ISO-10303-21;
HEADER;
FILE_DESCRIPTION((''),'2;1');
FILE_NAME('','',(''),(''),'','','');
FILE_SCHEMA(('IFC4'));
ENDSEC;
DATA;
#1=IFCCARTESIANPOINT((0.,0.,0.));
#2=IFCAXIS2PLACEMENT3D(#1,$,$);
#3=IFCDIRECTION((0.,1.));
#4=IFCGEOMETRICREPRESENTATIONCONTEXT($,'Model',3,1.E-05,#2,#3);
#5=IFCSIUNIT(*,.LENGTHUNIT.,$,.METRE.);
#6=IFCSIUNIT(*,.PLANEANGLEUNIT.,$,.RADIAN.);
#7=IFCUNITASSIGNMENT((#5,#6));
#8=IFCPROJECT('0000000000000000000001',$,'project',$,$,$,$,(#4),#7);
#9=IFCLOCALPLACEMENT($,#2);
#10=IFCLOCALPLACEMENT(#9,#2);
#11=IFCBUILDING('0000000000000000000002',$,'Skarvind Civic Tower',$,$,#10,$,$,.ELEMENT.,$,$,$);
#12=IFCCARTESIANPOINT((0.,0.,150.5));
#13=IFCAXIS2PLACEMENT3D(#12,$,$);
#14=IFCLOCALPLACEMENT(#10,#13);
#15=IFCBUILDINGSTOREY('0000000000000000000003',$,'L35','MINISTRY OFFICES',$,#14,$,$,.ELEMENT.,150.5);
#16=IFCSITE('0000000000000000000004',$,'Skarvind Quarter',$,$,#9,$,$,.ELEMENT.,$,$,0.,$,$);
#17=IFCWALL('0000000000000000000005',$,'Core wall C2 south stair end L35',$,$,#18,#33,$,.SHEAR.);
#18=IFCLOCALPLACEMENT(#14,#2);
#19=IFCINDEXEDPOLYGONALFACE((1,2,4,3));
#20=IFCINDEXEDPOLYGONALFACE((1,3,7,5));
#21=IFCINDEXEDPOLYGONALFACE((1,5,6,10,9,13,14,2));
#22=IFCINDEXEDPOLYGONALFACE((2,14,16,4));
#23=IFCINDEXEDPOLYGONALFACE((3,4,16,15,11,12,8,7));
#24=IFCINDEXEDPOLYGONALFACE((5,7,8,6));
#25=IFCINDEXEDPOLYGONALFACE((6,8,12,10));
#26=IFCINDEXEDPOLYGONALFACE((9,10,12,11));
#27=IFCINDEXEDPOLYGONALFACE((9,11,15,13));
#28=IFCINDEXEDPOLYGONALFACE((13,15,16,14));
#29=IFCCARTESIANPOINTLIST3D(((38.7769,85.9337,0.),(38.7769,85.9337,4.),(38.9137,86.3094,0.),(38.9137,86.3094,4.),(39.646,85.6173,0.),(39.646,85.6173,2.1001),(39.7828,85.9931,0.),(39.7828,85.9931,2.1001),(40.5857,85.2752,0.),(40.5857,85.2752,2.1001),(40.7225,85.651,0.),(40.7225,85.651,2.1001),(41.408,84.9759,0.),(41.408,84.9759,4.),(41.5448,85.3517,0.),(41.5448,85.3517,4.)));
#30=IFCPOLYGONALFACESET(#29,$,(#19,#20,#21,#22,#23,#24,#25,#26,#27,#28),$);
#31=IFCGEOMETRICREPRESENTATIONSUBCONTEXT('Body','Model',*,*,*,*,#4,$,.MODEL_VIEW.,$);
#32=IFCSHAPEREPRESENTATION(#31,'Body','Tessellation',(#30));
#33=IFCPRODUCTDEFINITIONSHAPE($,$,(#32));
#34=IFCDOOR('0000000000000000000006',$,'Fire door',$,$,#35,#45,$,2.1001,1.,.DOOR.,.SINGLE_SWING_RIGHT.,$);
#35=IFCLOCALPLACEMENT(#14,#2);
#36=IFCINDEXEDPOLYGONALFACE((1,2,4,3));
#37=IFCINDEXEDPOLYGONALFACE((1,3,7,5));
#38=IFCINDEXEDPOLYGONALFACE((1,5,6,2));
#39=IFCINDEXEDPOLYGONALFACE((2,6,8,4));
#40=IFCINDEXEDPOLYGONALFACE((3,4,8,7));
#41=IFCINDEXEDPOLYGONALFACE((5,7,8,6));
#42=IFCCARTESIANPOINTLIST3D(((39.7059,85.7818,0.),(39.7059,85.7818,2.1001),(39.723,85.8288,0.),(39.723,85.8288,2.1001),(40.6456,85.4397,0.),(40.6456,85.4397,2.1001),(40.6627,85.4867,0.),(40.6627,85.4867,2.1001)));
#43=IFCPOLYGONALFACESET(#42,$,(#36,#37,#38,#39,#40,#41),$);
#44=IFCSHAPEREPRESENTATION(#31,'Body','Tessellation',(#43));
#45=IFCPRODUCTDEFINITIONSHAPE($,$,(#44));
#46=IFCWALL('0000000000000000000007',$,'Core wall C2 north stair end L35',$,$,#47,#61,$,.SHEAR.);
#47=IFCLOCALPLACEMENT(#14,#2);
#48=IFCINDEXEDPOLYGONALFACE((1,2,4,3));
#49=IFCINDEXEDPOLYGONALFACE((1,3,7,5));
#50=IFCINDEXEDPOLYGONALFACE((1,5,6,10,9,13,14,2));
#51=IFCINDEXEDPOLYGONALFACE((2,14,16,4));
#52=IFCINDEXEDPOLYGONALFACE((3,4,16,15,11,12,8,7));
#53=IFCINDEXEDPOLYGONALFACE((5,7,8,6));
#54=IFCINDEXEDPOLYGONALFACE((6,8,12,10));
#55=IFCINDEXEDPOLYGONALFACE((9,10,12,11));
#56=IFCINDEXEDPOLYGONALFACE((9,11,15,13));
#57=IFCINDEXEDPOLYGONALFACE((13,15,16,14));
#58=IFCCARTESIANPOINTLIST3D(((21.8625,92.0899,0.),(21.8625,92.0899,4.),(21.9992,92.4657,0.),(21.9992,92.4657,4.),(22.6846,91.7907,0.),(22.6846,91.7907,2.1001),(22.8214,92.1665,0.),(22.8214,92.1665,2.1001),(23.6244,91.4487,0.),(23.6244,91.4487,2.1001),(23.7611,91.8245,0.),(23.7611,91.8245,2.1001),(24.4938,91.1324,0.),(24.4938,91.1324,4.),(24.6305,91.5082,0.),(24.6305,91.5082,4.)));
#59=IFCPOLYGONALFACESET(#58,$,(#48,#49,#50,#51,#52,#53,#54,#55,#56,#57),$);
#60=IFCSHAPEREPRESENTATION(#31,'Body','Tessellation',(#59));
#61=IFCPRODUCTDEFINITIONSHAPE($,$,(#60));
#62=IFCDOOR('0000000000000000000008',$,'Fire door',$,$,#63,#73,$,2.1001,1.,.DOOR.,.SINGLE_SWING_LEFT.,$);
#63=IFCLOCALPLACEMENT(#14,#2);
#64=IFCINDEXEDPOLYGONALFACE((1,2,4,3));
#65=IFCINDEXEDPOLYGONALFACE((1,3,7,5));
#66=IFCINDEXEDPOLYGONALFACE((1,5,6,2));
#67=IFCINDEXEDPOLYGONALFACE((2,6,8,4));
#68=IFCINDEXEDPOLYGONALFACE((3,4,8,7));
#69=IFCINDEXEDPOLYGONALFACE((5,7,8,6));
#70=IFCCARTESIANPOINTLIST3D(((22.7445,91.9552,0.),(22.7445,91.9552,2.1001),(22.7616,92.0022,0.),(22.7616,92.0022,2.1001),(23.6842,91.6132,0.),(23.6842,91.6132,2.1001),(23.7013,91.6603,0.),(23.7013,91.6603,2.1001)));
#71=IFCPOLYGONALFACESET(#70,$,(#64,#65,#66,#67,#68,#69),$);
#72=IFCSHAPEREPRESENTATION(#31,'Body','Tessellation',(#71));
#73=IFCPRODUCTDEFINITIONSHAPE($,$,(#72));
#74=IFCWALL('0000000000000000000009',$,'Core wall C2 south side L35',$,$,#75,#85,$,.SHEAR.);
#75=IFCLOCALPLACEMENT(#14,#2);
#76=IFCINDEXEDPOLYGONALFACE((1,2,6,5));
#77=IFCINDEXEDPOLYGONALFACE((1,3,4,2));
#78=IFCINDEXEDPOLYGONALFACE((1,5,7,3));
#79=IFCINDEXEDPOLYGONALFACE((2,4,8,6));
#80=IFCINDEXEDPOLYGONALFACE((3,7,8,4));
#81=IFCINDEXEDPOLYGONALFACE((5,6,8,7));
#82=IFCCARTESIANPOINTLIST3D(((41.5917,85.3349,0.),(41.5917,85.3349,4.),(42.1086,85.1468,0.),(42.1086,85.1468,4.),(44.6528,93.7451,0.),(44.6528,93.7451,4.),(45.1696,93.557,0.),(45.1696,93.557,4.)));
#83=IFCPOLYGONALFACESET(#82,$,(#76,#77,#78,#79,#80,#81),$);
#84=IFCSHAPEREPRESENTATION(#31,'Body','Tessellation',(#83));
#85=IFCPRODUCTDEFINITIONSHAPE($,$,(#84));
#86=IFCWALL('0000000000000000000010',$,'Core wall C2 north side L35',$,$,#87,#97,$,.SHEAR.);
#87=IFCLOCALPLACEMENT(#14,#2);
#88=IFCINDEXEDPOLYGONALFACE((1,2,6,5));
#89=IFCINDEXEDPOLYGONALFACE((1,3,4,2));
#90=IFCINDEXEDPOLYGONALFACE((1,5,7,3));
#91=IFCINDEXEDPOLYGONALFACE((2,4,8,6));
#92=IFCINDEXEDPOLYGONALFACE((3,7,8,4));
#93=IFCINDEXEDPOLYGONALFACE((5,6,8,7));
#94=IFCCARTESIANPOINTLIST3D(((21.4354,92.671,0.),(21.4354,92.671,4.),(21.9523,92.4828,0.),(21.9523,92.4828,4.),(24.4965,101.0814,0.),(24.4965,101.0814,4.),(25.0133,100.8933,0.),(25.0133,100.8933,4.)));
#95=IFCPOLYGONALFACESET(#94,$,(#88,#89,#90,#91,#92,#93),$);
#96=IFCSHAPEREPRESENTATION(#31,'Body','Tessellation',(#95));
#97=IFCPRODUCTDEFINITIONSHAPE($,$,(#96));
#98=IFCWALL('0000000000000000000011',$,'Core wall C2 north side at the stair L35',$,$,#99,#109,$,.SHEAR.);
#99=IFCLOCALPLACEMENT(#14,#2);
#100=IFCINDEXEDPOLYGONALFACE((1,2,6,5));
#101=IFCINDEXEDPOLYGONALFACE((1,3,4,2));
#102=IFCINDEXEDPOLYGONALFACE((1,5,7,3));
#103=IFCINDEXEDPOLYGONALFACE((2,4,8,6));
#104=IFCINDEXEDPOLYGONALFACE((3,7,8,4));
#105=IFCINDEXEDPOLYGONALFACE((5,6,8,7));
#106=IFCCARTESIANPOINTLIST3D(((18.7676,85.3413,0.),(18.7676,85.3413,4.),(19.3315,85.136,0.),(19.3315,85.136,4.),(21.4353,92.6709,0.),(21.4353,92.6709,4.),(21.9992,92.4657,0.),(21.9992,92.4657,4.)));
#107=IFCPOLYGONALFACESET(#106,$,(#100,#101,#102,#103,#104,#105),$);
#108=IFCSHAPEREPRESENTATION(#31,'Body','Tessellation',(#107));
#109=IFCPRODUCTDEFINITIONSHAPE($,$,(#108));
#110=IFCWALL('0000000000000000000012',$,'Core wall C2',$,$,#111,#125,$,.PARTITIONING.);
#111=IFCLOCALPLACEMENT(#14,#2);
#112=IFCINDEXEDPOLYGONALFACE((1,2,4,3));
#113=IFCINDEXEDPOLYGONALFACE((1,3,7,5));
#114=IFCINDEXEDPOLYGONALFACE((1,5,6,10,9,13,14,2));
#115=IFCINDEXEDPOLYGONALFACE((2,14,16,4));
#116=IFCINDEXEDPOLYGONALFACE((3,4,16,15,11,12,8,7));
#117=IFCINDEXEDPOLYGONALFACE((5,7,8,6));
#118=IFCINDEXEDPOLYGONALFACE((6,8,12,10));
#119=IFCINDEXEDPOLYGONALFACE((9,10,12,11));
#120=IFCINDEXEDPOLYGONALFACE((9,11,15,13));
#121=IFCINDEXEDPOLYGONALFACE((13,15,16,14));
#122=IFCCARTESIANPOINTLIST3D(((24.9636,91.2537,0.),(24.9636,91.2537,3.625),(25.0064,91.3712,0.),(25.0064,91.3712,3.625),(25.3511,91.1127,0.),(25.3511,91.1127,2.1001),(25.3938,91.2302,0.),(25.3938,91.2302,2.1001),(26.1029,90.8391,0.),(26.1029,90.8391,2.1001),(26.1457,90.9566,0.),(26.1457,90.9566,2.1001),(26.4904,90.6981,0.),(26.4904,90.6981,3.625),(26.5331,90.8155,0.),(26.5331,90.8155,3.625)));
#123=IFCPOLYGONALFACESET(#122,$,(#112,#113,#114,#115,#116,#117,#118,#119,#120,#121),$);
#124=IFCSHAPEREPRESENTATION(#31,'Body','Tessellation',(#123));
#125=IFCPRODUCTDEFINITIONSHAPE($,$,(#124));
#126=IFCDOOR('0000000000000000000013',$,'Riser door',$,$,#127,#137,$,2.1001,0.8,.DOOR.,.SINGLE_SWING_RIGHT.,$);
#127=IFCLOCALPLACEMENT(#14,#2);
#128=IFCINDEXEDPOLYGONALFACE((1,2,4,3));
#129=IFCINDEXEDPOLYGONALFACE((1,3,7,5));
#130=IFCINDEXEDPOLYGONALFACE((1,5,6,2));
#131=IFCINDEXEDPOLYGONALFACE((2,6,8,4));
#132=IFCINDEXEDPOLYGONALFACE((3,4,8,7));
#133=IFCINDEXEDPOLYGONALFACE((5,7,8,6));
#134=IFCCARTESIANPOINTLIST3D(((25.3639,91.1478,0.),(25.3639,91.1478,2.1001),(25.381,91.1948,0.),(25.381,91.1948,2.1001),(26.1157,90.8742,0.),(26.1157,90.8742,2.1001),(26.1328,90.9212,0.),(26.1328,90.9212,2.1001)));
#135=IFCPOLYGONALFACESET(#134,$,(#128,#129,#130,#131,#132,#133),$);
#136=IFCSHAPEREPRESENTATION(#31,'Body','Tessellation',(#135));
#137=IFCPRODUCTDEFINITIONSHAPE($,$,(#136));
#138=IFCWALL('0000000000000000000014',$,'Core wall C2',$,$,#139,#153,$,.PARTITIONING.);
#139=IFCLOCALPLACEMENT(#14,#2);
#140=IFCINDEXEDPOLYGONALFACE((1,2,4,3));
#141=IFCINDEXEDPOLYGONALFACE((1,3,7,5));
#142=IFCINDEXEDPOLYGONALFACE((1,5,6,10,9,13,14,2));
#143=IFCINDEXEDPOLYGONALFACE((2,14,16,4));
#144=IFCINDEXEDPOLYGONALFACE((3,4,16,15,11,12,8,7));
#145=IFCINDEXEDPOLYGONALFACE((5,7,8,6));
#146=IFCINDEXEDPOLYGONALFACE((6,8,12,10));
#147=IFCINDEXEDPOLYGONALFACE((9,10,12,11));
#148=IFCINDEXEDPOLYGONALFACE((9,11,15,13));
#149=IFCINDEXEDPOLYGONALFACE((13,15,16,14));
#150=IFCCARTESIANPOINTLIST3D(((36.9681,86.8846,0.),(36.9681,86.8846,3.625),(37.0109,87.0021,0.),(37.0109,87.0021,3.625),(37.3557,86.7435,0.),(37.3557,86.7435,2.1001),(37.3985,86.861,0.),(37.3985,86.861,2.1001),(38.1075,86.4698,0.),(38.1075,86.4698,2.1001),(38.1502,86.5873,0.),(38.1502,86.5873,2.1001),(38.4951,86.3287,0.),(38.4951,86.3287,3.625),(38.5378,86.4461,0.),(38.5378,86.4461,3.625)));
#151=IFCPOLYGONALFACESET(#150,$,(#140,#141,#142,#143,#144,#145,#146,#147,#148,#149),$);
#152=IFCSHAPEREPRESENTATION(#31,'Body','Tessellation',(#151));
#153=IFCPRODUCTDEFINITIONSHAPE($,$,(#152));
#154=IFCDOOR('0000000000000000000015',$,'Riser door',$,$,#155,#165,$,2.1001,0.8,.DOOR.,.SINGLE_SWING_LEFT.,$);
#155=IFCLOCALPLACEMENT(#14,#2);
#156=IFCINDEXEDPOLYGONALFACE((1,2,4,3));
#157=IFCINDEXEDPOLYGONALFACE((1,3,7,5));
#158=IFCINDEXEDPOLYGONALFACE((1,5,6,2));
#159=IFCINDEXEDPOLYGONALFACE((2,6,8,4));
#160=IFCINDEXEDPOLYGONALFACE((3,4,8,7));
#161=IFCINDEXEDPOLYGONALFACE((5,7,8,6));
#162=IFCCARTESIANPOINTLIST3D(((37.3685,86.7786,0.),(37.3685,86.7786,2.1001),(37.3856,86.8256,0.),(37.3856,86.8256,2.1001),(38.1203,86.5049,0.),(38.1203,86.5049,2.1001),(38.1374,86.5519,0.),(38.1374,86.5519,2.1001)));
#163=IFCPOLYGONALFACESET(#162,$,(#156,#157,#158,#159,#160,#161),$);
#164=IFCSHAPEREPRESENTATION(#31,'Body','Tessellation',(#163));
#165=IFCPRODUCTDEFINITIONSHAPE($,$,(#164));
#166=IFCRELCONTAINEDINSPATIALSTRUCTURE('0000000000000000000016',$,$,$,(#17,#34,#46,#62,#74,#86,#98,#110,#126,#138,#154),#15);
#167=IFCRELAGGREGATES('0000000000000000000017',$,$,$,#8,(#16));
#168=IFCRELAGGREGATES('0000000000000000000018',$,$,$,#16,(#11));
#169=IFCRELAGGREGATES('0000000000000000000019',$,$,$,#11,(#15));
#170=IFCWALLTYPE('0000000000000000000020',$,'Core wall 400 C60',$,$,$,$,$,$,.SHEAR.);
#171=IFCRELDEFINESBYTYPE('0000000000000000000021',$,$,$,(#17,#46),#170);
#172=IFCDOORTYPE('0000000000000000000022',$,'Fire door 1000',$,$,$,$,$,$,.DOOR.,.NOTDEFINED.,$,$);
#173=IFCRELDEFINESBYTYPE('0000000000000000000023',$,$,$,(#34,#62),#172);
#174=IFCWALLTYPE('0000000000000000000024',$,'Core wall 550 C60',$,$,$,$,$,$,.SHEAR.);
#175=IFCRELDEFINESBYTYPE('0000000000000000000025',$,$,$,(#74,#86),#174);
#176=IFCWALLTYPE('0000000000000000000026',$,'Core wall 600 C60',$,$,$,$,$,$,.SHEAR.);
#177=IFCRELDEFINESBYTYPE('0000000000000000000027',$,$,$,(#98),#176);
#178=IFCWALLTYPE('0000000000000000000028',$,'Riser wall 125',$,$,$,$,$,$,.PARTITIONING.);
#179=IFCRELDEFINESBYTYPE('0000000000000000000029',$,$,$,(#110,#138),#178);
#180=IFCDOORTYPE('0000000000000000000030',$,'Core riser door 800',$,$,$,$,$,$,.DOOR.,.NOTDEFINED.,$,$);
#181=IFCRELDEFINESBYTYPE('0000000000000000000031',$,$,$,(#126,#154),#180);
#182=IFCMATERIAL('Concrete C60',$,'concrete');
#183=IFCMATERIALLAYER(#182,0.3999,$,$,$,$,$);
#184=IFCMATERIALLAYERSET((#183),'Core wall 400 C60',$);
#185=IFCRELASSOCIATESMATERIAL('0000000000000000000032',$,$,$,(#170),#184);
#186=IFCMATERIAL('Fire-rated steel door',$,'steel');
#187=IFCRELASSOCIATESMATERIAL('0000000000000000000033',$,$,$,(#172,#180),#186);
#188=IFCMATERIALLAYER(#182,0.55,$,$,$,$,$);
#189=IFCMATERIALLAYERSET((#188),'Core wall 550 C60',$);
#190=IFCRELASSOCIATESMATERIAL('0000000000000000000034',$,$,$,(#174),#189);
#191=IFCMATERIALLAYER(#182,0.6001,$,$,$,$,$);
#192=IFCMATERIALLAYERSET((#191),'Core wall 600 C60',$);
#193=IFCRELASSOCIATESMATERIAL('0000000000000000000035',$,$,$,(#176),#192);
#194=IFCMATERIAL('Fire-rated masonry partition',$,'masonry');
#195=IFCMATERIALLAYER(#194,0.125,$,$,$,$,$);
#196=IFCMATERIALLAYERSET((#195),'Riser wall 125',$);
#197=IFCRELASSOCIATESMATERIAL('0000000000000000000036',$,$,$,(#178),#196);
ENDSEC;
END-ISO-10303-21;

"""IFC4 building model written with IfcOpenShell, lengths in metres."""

from ifc_helpers import new_model, si_unit, direction, frame, frame_2d, origin, place, context, subcontext, project, spatial, rectangle, extrude, material, layer, layer_set, type_object, element, fill, save


model = new_model("IFC4")

# Units and contexts
model_context = context("Model", 3, precision=1e-05, world=origin(), true_north=direction((0.0, 1.0)))
body_context = subcontext(model_context, "Body", "Model", "MODEL_VIEW")
ifc_project = project(units=[si_unit("LENGTHUNIT", "METRE"), si_unit("PLANEANGLEUNIT", "RADIAN")], contexts=[model_context])

# Site, building, storey
site_placement = place(None, origin())
site = spatial("IfcSite", under=ifc_project, at=site_placement, Name="Skarvind Quarter", CompositionType="ELEMENT", RefElevation=0.0)
building_placement = place(site_placement, origin())
building = spatial("IfcBuilding", under=site, at=building_placement, Name="Skarvind Civic Tower", CompositionType="ELEMENT")
storey_placement = place(building_placement, frame((0.0, 0.0, 150.5)))
storey = spatial("IfcBuildingStorey", under=building, at=storey_placement, Name="L35", Description="MINISTRY OFFICES", CompositionType="ELEMENT", Elevation=150.5)

# Shared definitions
ifc_material_1 = material(Name="Fire-rated masonry partition", Category="masonry")
ifc_material_2 = material(Name="Fire-rated steel door", Category="steel")

# Shared definitions
ifc_material_3 = material(Name="Concrete C60", Category="concrete")

# Walls, openings, doors
ifc_layer_1 = layer(ifc_material_3, 0.3999)
ifc_layer_set_1 = layer_set([ifc_layer_1], Name="Core wall 400 C60")
wall_type_1 = type_object("IfcWallType", Name="Core wall 400 C60", PredefinedType="SHEAR", material=ifc_layer_set_1)
wall_1_placement = place(storey_placement, frame((41.4763, 85.1638, 0.0), z_axis=(0.0, 0.0, 1.0), x_axis=(-0.939679, 0.342058, 0.0)))
wall_1 = element("IfcWall", 1, at=wall_1_placement, inside=storey, type_object=wall_type_1, Name="Core wall C2 south stair end L35", PredefinedType="SHEAR", context=body_context, shape_type="SweptSolid", body=[
    extrude(rectangle(XDim=2.8, YDim=0.3999, at=frame_2d((1.3999, 0.0))), origin(), (0.0, 0.0, 1.0), 4.0),
])
opening_1_placement = place(wall_1_placement, frame((0.875, 0.0, 0.0)))
opening_1 = element("IfcOpeningElement", 2, at=opening_1_placement, cuts=wall_1, PredefinedType="OPENING", context=body_context, shape_type="SweptSolid", body=[
    extrude(rectangle(XDim=1.0, YDim=2.1001, at=frame_2d((0.5, 1.05))), frame((0.0, 0.21, 0.0), z_axis=(0.0, -1.0, 0.0), x_axis=(1.0, 0.0, 0.0)), (0.0, 0.0, 1.0), 0.4199),
])
door_type_1 = type_object("IfcDoorType", Name="Fire door 1000", OperationType="NOTDEFINED", PredefinedType="DOOR", material=ifc_material_2)
door_1_placement = place(opening_1_placement, origin())
door_1 = element("IfcDoor", 3, at=door_1_placement, inside=storey, type_object=door_type_1, Name="Fire door", OperationType="SINGLE_SWING_RIGHT", OverallHeight=2.1001, OverallWidth=1.0, PredefinedType="DOOR", context=body_context, shape_type="SweptSolid", body=[
    extrude(rectangle(XDim=1.0, YDim=2.1001, at=frame_2d((0.5, 1.05))), frame((0.0, 0.0249, 0.0), z_axis=(0.0, -1.0, 0.0), x_axis=(1.0, 0.0, 0.0)), (0.0, 0.0, 1.0), 0.05),
])
fill(opening_1, door_1)
wall_2_placement = place(storey_placement, frame((24.562, 91.3203, 0.0), z_axis=(0.0, 0.0, 1.0), x_axis=(-0.939717, 0.341953, 0.0)))
wall_2 = element("IfcWall", 4, at=wall_2_placement, inside=storey, type_object=wall_type_1, Name="Core wall C2 north stair end L35", PredefinedType="SHEAR", context=body_context, shape_type="SweptSolid", body=[
    extrude(rectangle(XDim=2.8, YDim=0.3999, at=frame_2d((1.3999, 0.0))), origin(), (0.0, 0.0, 1.0), 4.0),
])
opening_2_placement = place(wall_2_placement, frame((0.925, 0.0, 0.0)))
opening_2 = element("IfcOpeningElement", 5, at=opening_2_placement, cuts=wall_2, PredefinedType="OPENING", context=body_context, shape_type="SweptSolid", body=[
    extrude(rectangle(XDim=1.0, YDim=2.1001, at=frame_2d((0.5, 1.05))), frame((0.0, 0.21, 0.0), z_axis=(0.0, -1.0, 0.0), x_axis=(1.0, 0.0, 0.0)), (0.0, 0.0, 1.0), 0.4199),
])
door_2_placement = place(opening_2_placement, origin())
door_2 = element("IfcDoor", 6, at=door_2_placement, inside=storey, type_object=door_type_1, Name="Fire door", OperationType="SINGLE_SWING_LEFT", OverallHeight=2.1001, OverallWidth=1.0, PredefinedType="DOOR", context=body_context, shape_type="SweptSolid", body=[
    extrude(rectangle(XDim=1.0, YDim=2.1001, at=frame_2d((0.5, 1.05))), frame((0.0, 0.0249, 0.0), z_axis=(0.0, -1.0, 0.0), x_axis=(1.0, 0.0, 0.0)), (0.0, 0.0, 1.0), 0.05),
])
fill(opening_2, door_2)

# Walls
ifc_layer_2 = layer(ifc_material_3, 0.55)
ifc_layer_set_2 = layer_set([ifc_layer_2], Name="Core wall 550 C60")
wall_type_2 = type_object("IfcWallType", Name="Core wall 550 C60", PredefinedType="SHEAR", material=ifc_layer_set_2)
wall_3_placement = place(storey_placement, frame((41.8501, 85.2407, 0.0), z_axis=(0.0, 0.0, 1.0), x_axis=(0.342019, 0.939693, 0.0)))
element("IfcWall", 7, at=wall_3_placement, inside=storey, type_object=wall_type_2, Name="Core wall C2 south side L35", PredefinedType="SHEAR", context=body_context, shape_type="SweptSolid", body=[
    extrude(rectangle(XDim=8.95, YDim=0.55, at=frame_2d((4.4751, 0.0))), origin(), (0.0, 0.0, 1.0), 4.0),
])
wall_4_placement = place(storey_placement, frame((21.6938, 92.5769, 0.0), z_axis=(0.0, 0.0, 1.0), x_axis=(0.34201, 0.939696, 0.0)))
element("IfcWall", 8, at=wall_4_placement, inside=storey, type_object=wall_type_2, Name="Core wall C2 north side L35", PredefinedType="SHEAR", context=body_context, shape_type="SweptSolid", body=[
    extrude(rectangle(XDim=8.9502, YDim=0.55, at=frame_2d((4.4751, 0.0))), origin(), (0.0, 0.0, 1.0), 4.0),
])
ifc_layer_3 = layer(ifc_material_3, 0.6001)
ifc_layer_set_3 = layer_set([ifc_layer_3], Name="Core wall 600 C60")
wall_type_3 = type_object("IfcWallType", Name="Core wall 600 C60", PredefinedType="SHEAR", material=ifc_layer_set_3)
wall_5_placement = place(storey_placement, frame((19.0496, 85.2388, 0.0), z_axis=(0.0, 0.0, 1.0), x_axis=(0.342017, 0.939694, 0.0)))
element("IfcWall", 9, at=wall_5_placement, inside=storey, type_object=wall_type_3, Name="Core wall C2 north side at the stair L35", PredefinedType="SHEAR", context=body_context, shape_type="SweptSolid", body=[
    extrude(rectangle(XDim=7.8, YDim=0.6001, at=frame_2d((3.8999, 0.0))), origin(), (0.0, 0.0, 1.0), 4.0),
])

# Walls, openings, doors
ifc_layer_4 = layer(ifc_material_1, 0.125)
ifc_layer_set_4 = layer_set([ifc_layer_4], Name="Riser wall 125")
wall_type_4 = type_object("IfcWallType", Name="Riser wall 125", PredefinedType="PARTITIONING", material=ifc_layer_set_4)
wall_6_placement = place(storey_placement, frame((24.9849, 91.3125, 0.0), z_axis=(0.0, 0.0, 1.0), x_axis=(0.939706, -0.341984, 0.0)))
wall_6 = element("IfcWall", 10, at=wall_6_placement, inside=storey, type_object=wall_type_4, Name="Core wall C2", PredefinedType="PARTITIONING", context=body_context, shape_type="SweptSolid", body=[
    extrude(rectangle(XDim=1.6248, YDim=0.125, at=frame_2d((0.8125, 0.0))), origin(), (0.0, 0.0, 1.0), 3.625),
])
opening_3_placement = place(wall_6_placement, frame((0.4126, 0.0, 0.0)))
opening_3 = element("IfcOpeningElement", 11, at=opening_3_placement, cuts=wall_6, PredefinedType="OPENING", context=body_context, shape_type="SweptSolid", body=[
    extrude(rectangle(XDim=0.8, YDim=2.1001, at=frame_2d((0.3999, 1.05))), frame((0.0, 0.0725, 0.0), z_axis=(0.0, -1.0, 0.0), x_axis=(1.0, 0.0, 0.0)), (0.0, 0.0, 1.0), 0.145),
])
door_type_2 = type_object("IfcDoorType", Name="Core riser door 800", OperationType="NOTDEFINED", PredefinedType="DOOR", material=ifc_material_2)
door_3_placement = place(opening_3_placement, origin())
door_3 = element("IfcDoor", 12, at=door_3_placement, inside=storey, type_object=door_type_2, Name="Riser door", OperationType="SINGLE_SWING_RIGHT", OverallHeight=2.1001, OverallWidth=0.8, PredefinedType="DOOR", context=body_context, shape_type="SweptSolid", body=[
    extrude(rectangle(XDim=0.8, YDim=2.1001, at=frame_2d((0.3999, 1.05))), frame((0.0, 0.0249, 0.0), z_axis=(0.0, -1.0, 0.0), x_axis=(1.0, 0.0, 0.0)), (0.0, 0.0, 1.0), 0.05),
])
fill(opening_3, door_3)
wall_7_placement = place(storey_placement, frame((36.9895, 86.9434, 0.0), z_axis=(0.0, 0.0, 1.0), x_axis=(0.939657, -0.342117, 0.0)))
wall_7 = element("IfcWall", 13, at=wall_7_placement, inside=storey, type_object=wall_type_4, Name="Core wall C2", PredefinedType="PARTITIONING", context=body_context, shape_type="SweptSolid", body=[
    extrude(rectangle(XDim=1.625, YDim=0.125, at=frame_2d((0.8125, 0.0))), origin(), (0.0, 0.0, 1.0), 3.625),
])
opening_4_placement = place(wall_7_placement, frame((0.4126, 0.0, 0.0)))
opening_4 = element("IfcOpeningElement", 14, at=opening_4_placement, cuts=wall_7, PredefinedType="OPENING", context=body_context, shape_type="SweptSolid", body=[
    extrude(rectangle(XDim=0.8, YDim=2.1001, at=frame_2d((0.3999, 1.05))), frame((0.0, 0.0725, 0.0), z_axis=(0.0, -1.0, 0.0), x_axis=(1.0, 0.0, 0.0)), (0.0, 0.0, 1.0), 0.145),
])
door_4_placement = place(opening_4_placement, origin())
door_4 = element("IfcDoor", 15, at=door_4_placement, inside=storey, type_object=door_type_2, Name="Riser door", OperationType="SINGLE_SWING_LEFT", OverallHeight=2.1001, OverallWidth=0.8, PredefinedType="DOOR", context=body_context, shape_type="SweptSolid", body=[
    extrude(rectangle(XDim=0.8, YDim=2.1001, at=frame_2d((0.3999, 1.05))), frame((0.0, 0.0249, 0.0), z_axis=(0.0, -1.0, 0.0), x_axis=(1.0, 0.0, 0.0)), (0.0, 0.0, 1.0), 0.05),
])
fill(opening_4, door_4)

save(model, "model.ifc")
